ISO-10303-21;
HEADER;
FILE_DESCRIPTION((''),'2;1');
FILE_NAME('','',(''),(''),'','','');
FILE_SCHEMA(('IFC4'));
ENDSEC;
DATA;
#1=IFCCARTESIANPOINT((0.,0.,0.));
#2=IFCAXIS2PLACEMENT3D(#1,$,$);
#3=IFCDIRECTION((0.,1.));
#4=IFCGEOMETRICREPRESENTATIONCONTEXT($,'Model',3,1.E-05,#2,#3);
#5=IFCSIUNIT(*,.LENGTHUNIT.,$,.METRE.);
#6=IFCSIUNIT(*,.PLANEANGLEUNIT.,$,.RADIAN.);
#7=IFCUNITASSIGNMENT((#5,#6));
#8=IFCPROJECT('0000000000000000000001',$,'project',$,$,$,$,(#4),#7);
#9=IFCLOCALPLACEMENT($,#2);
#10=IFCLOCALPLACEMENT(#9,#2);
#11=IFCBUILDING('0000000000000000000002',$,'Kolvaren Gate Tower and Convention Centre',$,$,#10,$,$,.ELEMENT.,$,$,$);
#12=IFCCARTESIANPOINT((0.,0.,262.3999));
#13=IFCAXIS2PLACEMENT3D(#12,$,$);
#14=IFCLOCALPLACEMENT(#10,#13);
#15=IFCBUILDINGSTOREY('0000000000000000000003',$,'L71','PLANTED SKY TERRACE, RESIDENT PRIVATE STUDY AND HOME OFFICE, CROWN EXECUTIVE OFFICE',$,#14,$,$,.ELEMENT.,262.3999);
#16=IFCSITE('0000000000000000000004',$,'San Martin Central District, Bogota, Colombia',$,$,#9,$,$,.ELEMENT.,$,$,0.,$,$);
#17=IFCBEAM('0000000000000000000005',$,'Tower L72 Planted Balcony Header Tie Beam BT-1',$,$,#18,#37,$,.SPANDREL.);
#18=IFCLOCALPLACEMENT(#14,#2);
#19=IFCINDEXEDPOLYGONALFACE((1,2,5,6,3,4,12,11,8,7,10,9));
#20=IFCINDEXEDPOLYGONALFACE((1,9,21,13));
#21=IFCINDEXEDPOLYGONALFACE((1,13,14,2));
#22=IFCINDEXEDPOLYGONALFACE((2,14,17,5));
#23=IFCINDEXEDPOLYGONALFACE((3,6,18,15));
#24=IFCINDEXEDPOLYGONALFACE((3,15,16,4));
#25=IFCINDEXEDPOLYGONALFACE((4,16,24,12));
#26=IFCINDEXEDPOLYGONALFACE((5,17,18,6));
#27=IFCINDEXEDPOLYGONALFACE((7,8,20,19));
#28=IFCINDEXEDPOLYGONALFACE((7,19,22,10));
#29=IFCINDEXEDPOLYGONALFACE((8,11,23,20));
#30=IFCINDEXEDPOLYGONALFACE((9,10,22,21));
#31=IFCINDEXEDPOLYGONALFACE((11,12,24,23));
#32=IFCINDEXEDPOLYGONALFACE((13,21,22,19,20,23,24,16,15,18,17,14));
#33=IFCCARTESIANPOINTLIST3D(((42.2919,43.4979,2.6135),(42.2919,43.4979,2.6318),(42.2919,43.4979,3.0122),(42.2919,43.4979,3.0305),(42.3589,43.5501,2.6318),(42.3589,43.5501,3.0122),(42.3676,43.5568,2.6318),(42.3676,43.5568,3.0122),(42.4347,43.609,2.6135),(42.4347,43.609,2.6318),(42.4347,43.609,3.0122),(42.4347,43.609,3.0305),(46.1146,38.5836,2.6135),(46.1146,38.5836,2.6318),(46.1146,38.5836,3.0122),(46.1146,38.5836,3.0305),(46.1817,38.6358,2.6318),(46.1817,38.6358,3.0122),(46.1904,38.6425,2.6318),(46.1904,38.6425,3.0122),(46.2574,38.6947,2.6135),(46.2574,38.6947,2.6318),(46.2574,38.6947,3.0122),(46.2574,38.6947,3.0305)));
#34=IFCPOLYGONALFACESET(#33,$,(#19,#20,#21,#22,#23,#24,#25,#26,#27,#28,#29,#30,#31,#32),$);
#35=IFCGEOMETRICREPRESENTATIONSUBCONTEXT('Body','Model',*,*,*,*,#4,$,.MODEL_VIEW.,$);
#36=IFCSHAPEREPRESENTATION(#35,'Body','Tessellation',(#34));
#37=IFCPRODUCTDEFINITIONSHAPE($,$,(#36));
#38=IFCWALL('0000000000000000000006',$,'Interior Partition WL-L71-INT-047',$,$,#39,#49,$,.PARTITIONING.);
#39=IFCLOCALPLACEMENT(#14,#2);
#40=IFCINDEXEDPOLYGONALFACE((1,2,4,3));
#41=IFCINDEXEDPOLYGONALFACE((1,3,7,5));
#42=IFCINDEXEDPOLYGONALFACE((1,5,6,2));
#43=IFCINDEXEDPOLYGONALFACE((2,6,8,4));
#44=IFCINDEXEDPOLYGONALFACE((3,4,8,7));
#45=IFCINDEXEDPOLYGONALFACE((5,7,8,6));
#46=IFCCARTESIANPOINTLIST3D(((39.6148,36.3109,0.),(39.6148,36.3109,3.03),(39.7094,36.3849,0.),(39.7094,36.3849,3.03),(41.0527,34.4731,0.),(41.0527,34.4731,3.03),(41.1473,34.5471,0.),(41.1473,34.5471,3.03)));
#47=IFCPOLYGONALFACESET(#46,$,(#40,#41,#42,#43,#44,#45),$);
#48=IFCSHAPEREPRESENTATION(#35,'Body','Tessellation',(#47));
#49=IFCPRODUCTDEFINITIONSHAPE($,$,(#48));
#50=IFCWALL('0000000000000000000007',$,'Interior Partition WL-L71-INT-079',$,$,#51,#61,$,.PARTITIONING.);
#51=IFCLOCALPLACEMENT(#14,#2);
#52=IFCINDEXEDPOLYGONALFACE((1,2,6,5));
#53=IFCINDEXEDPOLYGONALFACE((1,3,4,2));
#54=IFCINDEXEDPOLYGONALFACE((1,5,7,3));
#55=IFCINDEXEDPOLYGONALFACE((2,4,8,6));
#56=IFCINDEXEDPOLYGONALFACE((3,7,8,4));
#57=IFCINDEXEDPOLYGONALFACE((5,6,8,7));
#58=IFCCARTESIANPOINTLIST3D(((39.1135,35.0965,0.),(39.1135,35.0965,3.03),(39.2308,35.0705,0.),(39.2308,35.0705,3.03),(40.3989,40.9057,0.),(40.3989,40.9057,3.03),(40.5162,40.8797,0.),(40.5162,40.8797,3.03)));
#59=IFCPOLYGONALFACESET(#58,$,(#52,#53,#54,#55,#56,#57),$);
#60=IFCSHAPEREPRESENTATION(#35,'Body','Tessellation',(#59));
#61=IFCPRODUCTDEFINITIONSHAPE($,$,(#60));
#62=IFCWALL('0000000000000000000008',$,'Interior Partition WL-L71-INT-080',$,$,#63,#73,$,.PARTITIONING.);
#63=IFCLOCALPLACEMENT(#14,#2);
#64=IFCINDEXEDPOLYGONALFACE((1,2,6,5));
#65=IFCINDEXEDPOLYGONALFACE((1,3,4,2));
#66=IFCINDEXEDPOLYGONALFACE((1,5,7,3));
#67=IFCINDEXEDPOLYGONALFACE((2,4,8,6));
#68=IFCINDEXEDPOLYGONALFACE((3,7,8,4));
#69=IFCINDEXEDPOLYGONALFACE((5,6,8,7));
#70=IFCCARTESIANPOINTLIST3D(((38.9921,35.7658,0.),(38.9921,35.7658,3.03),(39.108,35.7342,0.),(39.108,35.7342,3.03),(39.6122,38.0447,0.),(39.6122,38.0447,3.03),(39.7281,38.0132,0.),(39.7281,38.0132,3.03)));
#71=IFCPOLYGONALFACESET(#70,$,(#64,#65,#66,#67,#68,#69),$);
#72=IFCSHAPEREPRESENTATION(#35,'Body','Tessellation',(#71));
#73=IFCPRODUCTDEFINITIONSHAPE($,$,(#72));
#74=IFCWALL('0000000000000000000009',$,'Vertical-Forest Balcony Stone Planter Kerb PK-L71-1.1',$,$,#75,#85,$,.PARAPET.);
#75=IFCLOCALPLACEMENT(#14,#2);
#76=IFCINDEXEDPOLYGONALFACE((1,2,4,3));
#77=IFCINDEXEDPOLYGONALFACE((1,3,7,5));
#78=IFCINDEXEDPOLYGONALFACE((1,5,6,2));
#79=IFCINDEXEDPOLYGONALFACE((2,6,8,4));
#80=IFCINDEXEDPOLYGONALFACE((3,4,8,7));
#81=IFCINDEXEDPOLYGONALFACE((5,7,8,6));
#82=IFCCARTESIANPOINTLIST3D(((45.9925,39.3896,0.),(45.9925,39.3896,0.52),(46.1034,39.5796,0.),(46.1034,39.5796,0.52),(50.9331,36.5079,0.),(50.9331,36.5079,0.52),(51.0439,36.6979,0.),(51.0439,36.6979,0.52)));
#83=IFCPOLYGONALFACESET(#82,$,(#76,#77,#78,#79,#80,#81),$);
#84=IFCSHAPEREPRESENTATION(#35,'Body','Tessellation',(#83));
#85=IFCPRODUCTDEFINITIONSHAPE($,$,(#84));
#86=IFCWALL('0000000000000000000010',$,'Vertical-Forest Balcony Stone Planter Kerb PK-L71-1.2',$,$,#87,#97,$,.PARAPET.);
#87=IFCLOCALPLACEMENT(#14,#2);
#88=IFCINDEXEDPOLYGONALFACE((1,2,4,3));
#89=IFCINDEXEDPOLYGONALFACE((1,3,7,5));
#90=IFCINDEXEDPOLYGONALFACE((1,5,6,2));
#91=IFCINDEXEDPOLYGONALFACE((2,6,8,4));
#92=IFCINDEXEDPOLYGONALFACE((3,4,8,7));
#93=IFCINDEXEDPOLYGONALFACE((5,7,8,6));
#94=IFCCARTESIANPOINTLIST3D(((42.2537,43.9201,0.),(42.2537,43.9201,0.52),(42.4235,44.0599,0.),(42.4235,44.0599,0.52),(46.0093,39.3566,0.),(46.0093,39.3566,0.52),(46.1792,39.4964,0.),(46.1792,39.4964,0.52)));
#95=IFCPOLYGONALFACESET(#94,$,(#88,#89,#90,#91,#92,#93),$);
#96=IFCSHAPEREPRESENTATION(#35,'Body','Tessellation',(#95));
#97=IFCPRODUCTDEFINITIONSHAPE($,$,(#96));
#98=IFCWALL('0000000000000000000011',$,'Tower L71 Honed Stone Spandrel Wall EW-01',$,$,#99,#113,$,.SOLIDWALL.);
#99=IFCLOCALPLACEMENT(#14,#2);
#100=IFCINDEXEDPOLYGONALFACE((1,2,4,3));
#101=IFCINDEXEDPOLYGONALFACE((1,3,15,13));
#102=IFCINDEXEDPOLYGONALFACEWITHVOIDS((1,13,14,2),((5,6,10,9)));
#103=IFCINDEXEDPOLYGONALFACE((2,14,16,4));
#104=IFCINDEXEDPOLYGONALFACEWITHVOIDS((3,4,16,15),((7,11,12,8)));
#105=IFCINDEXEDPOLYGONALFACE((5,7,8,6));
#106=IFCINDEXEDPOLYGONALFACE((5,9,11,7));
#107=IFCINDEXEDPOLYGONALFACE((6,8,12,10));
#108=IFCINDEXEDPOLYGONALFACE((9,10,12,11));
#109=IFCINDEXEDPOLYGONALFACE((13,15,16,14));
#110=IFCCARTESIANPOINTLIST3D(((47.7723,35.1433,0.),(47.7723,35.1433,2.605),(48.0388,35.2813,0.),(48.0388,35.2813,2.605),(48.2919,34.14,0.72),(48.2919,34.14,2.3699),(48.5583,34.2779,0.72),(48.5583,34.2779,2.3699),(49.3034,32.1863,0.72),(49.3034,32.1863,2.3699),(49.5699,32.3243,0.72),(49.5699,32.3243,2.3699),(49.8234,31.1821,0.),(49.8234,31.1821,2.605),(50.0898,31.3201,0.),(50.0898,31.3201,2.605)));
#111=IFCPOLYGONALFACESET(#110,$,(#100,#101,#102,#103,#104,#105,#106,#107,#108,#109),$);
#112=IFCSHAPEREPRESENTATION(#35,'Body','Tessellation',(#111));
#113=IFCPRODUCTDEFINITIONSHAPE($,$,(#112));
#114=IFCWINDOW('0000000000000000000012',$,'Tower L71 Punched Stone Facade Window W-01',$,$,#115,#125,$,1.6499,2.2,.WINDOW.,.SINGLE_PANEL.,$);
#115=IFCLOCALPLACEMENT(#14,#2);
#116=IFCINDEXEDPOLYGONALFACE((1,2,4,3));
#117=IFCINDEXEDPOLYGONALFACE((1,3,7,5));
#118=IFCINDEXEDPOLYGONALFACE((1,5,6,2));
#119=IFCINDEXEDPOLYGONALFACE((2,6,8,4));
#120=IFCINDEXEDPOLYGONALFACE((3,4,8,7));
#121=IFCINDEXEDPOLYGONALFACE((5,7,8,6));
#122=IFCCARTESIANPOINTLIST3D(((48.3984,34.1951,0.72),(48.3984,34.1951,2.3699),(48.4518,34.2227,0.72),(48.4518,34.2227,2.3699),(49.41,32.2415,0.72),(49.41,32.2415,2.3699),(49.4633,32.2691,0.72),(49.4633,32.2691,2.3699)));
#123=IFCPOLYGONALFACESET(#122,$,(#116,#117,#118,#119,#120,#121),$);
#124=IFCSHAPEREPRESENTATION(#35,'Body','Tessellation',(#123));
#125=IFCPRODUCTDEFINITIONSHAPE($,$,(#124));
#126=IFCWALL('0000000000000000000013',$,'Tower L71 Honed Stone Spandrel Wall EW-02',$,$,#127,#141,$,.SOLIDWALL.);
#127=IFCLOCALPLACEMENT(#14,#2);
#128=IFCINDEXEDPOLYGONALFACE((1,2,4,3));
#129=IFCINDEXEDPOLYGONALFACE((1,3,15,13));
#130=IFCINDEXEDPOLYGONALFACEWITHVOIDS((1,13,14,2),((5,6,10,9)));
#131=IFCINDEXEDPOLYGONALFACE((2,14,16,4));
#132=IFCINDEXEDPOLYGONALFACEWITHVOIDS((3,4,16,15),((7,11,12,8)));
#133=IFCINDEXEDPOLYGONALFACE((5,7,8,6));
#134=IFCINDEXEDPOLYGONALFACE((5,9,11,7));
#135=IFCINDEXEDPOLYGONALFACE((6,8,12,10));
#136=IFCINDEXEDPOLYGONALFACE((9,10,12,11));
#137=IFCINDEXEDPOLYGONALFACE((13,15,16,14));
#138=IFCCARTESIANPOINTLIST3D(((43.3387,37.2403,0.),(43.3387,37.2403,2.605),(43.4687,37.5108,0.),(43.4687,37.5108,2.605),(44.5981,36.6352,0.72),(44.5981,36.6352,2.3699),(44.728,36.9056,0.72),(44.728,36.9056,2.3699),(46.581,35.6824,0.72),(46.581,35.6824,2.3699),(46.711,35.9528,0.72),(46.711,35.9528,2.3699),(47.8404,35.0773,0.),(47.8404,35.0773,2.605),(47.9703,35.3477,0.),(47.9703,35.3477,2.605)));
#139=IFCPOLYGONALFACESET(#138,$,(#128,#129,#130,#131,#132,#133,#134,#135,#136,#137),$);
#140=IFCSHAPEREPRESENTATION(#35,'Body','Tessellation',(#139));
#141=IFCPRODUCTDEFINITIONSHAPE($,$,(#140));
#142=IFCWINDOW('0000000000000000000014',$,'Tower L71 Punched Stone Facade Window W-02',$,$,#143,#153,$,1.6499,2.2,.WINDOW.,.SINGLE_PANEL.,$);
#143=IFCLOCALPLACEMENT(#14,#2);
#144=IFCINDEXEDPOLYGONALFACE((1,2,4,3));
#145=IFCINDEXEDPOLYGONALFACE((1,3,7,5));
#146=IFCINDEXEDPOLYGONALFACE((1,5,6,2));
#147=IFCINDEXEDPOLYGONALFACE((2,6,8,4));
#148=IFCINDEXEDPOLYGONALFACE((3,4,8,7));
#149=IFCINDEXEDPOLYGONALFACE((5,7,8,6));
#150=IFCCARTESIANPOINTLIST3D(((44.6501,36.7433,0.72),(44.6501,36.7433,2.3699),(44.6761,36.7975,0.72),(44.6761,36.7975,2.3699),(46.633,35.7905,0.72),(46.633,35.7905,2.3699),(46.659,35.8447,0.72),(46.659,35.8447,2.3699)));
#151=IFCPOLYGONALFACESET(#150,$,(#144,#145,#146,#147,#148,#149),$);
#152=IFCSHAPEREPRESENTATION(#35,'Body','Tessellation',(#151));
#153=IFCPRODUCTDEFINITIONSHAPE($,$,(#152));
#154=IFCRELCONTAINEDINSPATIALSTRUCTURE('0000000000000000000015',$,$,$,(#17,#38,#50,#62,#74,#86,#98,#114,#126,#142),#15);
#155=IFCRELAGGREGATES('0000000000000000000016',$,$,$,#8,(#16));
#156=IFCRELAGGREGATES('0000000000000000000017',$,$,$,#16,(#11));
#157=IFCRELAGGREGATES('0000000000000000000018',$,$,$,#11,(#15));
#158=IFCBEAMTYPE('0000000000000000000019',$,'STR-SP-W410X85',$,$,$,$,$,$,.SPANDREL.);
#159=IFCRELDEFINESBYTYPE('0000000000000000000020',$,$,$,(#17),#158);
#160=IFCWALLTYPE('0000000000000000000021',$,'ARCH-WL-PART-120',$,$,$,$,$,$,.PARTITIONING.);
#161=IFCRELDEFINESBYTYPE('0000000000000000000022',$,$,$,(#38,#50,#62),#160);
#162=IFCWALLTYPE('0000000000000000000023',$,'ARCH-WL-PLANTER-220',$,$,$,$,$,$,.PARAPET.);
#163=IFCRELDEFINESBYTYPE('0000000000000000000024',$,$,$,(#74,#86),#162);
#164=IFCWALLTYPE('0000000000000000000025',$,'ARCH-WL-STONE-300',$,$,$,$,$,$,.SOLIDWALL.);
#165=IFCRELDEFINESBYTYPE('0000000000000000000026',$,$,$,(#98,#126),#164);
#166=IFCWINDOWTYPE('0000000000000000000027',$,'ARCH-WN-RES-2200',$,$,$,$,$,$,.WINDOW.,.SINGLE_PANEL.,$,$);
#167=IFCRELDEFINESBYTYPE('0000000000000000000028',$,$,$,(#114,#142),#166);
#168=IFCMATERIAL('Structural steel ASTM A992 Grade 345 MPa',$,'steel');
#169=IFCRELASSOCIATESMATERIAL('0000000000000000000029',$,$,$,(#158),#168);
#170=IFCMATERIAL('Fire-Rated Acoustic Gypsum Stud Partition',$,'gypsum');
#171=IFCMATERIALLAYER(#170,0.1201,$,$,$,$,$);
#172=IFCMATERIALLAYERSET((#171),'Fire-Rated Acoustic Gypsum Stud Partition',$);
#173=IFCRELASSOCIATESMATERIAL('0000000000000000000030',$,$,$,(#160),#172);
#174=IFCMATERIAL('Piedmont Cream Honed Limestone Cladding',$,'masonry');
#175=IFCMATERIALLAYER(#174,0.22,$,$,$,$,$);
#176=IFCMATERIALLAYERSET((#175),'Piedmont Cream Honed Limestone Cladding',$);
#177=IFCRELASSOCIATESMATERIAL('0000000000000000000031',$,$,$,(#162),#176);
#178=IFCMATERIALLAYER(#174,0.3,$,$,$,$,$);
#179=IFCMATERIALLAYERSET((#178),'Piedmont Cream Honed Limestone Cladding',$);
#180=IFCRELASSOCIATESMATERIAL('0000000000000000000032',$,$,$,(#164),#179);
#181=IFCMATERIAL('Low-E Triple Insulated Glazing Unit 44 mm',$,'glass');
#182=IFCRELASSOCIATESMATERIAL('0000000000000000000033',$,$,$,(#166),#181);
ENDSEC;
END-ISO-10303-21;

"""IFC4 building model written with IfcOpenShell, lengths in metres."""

from ifc_helpers import new_model, si_unit, direction, frame, frame_2d, origin, origin_2d, place, context, subcontext, project, spatial, rectangle, i_section, extrude, material, layer, layer_set, material_profile, profile_set, type_object, element, fill, save


model = new_model("IFC4")

# Units and contexts
model_context = context("Model", 3, precision=1e-05, world=origin(), true_north=direction((0.0, 1.0)))
body_context = subcontext(model_context, "Body", "Model", "MODEL_VIEW")
ifc_project = project(units=[si_unit("LENGTHUNIT", "METRE"), si_unit("PLANEANGLEUNIT", "RADIAN")], contexts=[model_context])

# Site, building, storey
site_placement = place(None, origin())
site = spatial("IfcSite", under=ifc_project, at=site_placement, Name="San Martin Central District, Bogota, Colombia", CompositionType="ELEMENT", RefElevation=0.0)
building_placement = place(site_placement, origin())
building = spatial("IfcBuilding", under=site, at=building_placement, Name="Kolvaren Gate Tower and Convention Centre", CompositionType="ELEMENT")
storey_placement = place(building_placement, frame((0.0, 0.0, 262.3999)))
storey = spatial("IfcBuildingStorey", under=building, at=storey_placement, Name="L71", Description="PLANTED SKY TERRACE, RESIDENT PRIVATE STUDY AND HOME OFFICE, CROWN EXECUTIVE OFFICE", CompositionType="ELEMENT", Elevation=262.3999)

# Beam
ifc_material_1 = material(Name="Structural steel ASTM A992 Grade 345 MPa", Category="steel")
ifc_material_profile_1 = material_profile(ifc_material_1, i_section(OverallWidth=0.1809, OverallDepth=0.417, WebThickness=0.011, FlangeThickness=0.0183, at=origin_2d()), Name="W410X85")
ifc_profile_set_1 = profile_set([ifc_material_profile_1], Name="Structural steel ASTM A992 Grade 345 MPa")
beam_type_1 = type_object("IfcBeamType", Name="STR-SP-W410X85", PredefinedType="SPANDREL", material=ifc_profile_set_1)
beam_1_placement = place(storey_placement, frame((46.186, 38.6392, 2.822), z_axis=(-0.613992, 0.789312, 0.0), x_axis=(-0.789312, -0.613992, 0.0)))
element("IfcBeam", 1, at=beam_1_placement, inside=storey, type_object=beam_type_1, Name="Tower L72 Planted Balcony Header Tie Beam BT-1", PredefinedType="SPANDREL", context=body_context, shape_type="SweptSolid", body=[
    extrude(i_section(OverallWidth=0.1809, OverallDepth=0.417, WebThickness=0.011, FlangeThickness=0.0183, at=origin_2d()), origin(), (0.0, 0.0, 1.0), 6.2261),
])

# Walls
ifc_material_2 = material(Name="Fire-Rated Acoustic Gypsum Stud Partition", Category="gypsum")
ifc_layer_1 = layer(ifc_material_2, 0.1201)
ifc_layer_set_1 = layer_set([ifc_layer_1], Name="Fire-Rated Acoustic Gypsum Stud Partition")
wall_type_1 = type_object("IfcWallType", Name="ARCH-WL-PART-120", PredefinedType="PARTITIONING", material=ifc_layer_set_1)
wall_1_placement = place(storey_placement, frame((39.6621, 36.3479, 0.0), z_axis=(0.0, 0.0, 1.0), x_axis=(0.616212, -0.78758, 0.0)))
element("IfcWall", 2, at=wall_1_placement, inside=storey, type_object=wall_type_1, Name="Interior Partition WL-L71-INT-047", PredefinedType="PARTITIONING", context=body_context, shape_type="SweptSolid", body=[
    extrude(rectangle(XDim=2.3335, YDim=0.1201, at=frame_2d((1.1667, 0.0))), origin(), (0.0, 0.0, 1.0), 3.03),
])
wall_2_placement = place(storey_placement, frame((39.1721, 35.0835, 0.0), z_axis=(0.0, 0.0, 1.0), x_axis=(0.216048, 0.976383, 0.0)))
element("IfcWall", 3, at=wall_2_placement, inside=storey, type_object=wall_type_1, Name="Interior Partition WL-L71-INT-079", PredefinedType="PARTITIONING", context=body_context, shape_type="SweptSolid", body=[
    extrude(rectangle(XDim=5.9497, YDim=0.1201, at=frame_2d((2.9749, 0.0))), origin(), (0.0, 0.0, 1.0), 3.03),
])
wall_3_placement = place(storey_placement, frame((39.05, 35.75, 0.0), z_axis=(0.0, 0.0, 1.0), x_axis=(0.262549, 0.964919, 0.0)))
element("IfcWall", 4, at=wall_3_placement, inside=storey, type_object=wall_type_1, Name="Interior Partition WL-L71-INT-080", PredefinedType="PARTITIONING", context=body_context, shape_type="SweptSolid", body=[
    extrude(rectangle(XDim=2.3618, YDim=0.1201, at=frame_2d((1.1809, 0.0))), origin(), (0.0, 0.0, 1.0), 3.03),
])
ifc_material_3 = material(Name="Piedmont Cream Honed Limestone Cladding", Category="masonry")
ifc_layer_2 = layer(ifc_material_3, 0.22)
ifc_layer_set_2 = layer_set([ifc_layer_2], Name="Piedmont Cream Honed Limestone Cladding")
wall_type_2 = type_object("IfcWallType", Name="ARCH-WL-PLANTER-220", PredefinedType="PARAPET", material=ifc_layer_set_2)
wall_4_placement = place(storey_placement, frame((46.0479, 39.4846, 0.0), z_axis=(0.0, 0.0, 1.0), x_axis=(0.863804, -0.503829, 0.0)))
element("IfcWall", 5, at=wall_4_placement, inside=storey, type_object=wall_type_2, Name="Vertical-Forest Balcony Stone Planter Kerb PK-L71-1.1", PredefinedType="PARAPET", context=body_context, shape_type="SweptSolid", body=[
    extrude(rectangle(XDim=5.7195, YDim=0.22, at=frame_2d((2.8599, 0.0))), origin(), (0.0, 0.0, 1.0), 0.52),
])
wall_5_placement = place(storey_placement, frame((42.3386, 43.99, 0.0), z_axis=(0.0, 0.0, 1.0), x_axis=(0.635451, -0.772141, 0.0)))
element("IfcWall", 6, at=wall_5_placement, inside=storey, type_object=wall_type_2, Name="Vertical-Forest Balcony Stone Planter Kerb PK-L71-1.2", PredefinedType="PARAPET", context=body_context, shape_type="SweptSolid", body=[
    extrude(rectangle(XDim=5.9102, YDim=0.22, at=frame_2d((2.9551, 0.0))), origin(), (0.0, 0.0, 1.0), 0.52),
])

# Walls, openings, windows
ifc_layer_3 = layer(ifc_material_3, 0.3)
ifc_layer_set_3 = layer_set([ifc_layer_3], Name="Piedmont Cream Honed Limestone Cladding")
wall_type_3 = type_object("IfcWallType", Name="ARCH-WL-STONE-300", PredefinedType="SOLIDWALL", material=ifc_layer_set_3)
wall_6_placement = place(storey_placement, frame((47.9055, 35.2124, 0.0), z_axis=(0.0, 0.0, 1.0), x_axis=(0.459801, -0.888022, 0.0)))
wall_6 = element("IfcWall", 7, at=wall_6_placement, inside=storey, type_object=wall_type_3, Name="Tower L71 Honed Stone Spandrel Wall EW-01", PredefinedType="SOLIDWALL", context=body_context, shape_type="SweptSolid", body=[
    extrude(rectangle(XDim=4.4607, YDim=0.3, at=frame_2d((2.2305, 0.0))), origin(), (0.0, 0.0, 1.0), 2.605),
])
opening_1_placement = place(wall_6_placement, frame((1.1299, 0.0, 0.72)))
opening_1 = element("IfcOpeningElement", 8, at=opening_1_placement, cuts=wall_6, PredefinedType="OPENING", context=body_context, shape_type="SweptSolid", body=[
    extrude(rectangle(XDim=2.2, YDim=1.6499, at=frame_2d((1.1001, 0.825))), frame((0.0, 0.1599, 0.0), z_axis=(0.0, -1.0, 0.0), x_axis=(1.0, 0.0, 0.0)), (0.0, 0.0, 1.0), 0.3201),
])
ifc_material_4 = material(Name="Low-E Triple Insulated Glazing Unit 44 mm", Category="glass")
window_type = type_object("IfcWindowType", Name="ARCH-WN-RES-2200", PartitioningType="SINGLE_PANEL", PredefinedType="WINDOW", material=ifc_material_4)
window_1_placement = place(opening_1_placement, origin())
window_1 = element("IfcWindow", 9, at=window_1_placement, inside=storey, type_object=window_type, Name="Tower L71 Punched Stone Facade Window W-01", OverallHeight=1.6499, OverallWidth=2.2, PartitioningType="SINGLE_PANEL", PredefinedType="WINDOW", context=body_context, shape_type="SweptSolid", body=[
    extrude(rectangle(XDim=2.2, YDim=1.6499, at=frame_2d((1.1001, 0.825))), frame((0.0, 0.03, 0.0), z_axis=(0.0, -1.0, 0.0), x_axis=(1.0, 0.0, 0.0)), (0.0, 0.0, 1.0), 0.0601),
])
fill(opening_1, window_1)
wall_7_placement = place(storey_placement, frame((43.4038, 37.3755, 0.0), z_axis=(0.0, 0.0, 1.0), x_axis=(0.901346, -0.4331, 0.0)))
wall_7 = element("IfcWall", 10, at=wall_7_placement, inside=storey, type_object=wall_type_3, Name="Tower L71 Honed Stone Spandrel Wall EW-02", PredefinedType="SOLIDWALL", context=body_context, shape_type="SweptSolid", body=[
    extrude(rectangle(XDim=4.9944, YDim=0.3, at=frame_2d((2.4971, 0.0))), origin(), (0.0, 0.0, 1.0), 2.605),
])
opening_2_placement = place(wall_7_placement, frame((1.397, 0.0, 0.72)))
opening_2 = element("IfcOpeningElement", 11, at=opening_2_placement, cuts=wall_7, PredefinedType="OPENING", context=body_context, shape_type="SweptSolid", body=[
    extrude(rectangle(XDim=2.2, YDim=1.6499, at=frame_2d((1.1001, 0.825))), frame((0.0, 0.1599, 0.0), z_axis=(0.0, -1.0, 0.0), x_axis=(1.0, 0.0, 0.0)), (0.0, 0.0, 1.0), 0.3201),
])
window_2_placement = place(opening_2_placement, origin())
window_2 = element("IfcWindow", 12, at=window_2_placement, inside=storey, type_object=window_type, Name="Tower L71 Punched Stone Facade Window W-02", OverallHeight=1.6499, OverallWidth=2.2, PartitioningType="SINGLE_PANEL", PredefinedType="WINDOW", context=body_context, shape_type="SweptSolid", body=[
    extrude(rectangle(XDim=2.2, YDim=1.6499, at=frame_2d((1.1001, 0.825))), frame((0.0, 0.03, 0.0), z_axis=(0.0, -1.0, 0.0), x_axis=(1.0, 0.0, 0.0)), (0.0, 0.0, 1.0), 0.0601),
])
fill(opening_2, window_2)

save(model, "model.ifc")
